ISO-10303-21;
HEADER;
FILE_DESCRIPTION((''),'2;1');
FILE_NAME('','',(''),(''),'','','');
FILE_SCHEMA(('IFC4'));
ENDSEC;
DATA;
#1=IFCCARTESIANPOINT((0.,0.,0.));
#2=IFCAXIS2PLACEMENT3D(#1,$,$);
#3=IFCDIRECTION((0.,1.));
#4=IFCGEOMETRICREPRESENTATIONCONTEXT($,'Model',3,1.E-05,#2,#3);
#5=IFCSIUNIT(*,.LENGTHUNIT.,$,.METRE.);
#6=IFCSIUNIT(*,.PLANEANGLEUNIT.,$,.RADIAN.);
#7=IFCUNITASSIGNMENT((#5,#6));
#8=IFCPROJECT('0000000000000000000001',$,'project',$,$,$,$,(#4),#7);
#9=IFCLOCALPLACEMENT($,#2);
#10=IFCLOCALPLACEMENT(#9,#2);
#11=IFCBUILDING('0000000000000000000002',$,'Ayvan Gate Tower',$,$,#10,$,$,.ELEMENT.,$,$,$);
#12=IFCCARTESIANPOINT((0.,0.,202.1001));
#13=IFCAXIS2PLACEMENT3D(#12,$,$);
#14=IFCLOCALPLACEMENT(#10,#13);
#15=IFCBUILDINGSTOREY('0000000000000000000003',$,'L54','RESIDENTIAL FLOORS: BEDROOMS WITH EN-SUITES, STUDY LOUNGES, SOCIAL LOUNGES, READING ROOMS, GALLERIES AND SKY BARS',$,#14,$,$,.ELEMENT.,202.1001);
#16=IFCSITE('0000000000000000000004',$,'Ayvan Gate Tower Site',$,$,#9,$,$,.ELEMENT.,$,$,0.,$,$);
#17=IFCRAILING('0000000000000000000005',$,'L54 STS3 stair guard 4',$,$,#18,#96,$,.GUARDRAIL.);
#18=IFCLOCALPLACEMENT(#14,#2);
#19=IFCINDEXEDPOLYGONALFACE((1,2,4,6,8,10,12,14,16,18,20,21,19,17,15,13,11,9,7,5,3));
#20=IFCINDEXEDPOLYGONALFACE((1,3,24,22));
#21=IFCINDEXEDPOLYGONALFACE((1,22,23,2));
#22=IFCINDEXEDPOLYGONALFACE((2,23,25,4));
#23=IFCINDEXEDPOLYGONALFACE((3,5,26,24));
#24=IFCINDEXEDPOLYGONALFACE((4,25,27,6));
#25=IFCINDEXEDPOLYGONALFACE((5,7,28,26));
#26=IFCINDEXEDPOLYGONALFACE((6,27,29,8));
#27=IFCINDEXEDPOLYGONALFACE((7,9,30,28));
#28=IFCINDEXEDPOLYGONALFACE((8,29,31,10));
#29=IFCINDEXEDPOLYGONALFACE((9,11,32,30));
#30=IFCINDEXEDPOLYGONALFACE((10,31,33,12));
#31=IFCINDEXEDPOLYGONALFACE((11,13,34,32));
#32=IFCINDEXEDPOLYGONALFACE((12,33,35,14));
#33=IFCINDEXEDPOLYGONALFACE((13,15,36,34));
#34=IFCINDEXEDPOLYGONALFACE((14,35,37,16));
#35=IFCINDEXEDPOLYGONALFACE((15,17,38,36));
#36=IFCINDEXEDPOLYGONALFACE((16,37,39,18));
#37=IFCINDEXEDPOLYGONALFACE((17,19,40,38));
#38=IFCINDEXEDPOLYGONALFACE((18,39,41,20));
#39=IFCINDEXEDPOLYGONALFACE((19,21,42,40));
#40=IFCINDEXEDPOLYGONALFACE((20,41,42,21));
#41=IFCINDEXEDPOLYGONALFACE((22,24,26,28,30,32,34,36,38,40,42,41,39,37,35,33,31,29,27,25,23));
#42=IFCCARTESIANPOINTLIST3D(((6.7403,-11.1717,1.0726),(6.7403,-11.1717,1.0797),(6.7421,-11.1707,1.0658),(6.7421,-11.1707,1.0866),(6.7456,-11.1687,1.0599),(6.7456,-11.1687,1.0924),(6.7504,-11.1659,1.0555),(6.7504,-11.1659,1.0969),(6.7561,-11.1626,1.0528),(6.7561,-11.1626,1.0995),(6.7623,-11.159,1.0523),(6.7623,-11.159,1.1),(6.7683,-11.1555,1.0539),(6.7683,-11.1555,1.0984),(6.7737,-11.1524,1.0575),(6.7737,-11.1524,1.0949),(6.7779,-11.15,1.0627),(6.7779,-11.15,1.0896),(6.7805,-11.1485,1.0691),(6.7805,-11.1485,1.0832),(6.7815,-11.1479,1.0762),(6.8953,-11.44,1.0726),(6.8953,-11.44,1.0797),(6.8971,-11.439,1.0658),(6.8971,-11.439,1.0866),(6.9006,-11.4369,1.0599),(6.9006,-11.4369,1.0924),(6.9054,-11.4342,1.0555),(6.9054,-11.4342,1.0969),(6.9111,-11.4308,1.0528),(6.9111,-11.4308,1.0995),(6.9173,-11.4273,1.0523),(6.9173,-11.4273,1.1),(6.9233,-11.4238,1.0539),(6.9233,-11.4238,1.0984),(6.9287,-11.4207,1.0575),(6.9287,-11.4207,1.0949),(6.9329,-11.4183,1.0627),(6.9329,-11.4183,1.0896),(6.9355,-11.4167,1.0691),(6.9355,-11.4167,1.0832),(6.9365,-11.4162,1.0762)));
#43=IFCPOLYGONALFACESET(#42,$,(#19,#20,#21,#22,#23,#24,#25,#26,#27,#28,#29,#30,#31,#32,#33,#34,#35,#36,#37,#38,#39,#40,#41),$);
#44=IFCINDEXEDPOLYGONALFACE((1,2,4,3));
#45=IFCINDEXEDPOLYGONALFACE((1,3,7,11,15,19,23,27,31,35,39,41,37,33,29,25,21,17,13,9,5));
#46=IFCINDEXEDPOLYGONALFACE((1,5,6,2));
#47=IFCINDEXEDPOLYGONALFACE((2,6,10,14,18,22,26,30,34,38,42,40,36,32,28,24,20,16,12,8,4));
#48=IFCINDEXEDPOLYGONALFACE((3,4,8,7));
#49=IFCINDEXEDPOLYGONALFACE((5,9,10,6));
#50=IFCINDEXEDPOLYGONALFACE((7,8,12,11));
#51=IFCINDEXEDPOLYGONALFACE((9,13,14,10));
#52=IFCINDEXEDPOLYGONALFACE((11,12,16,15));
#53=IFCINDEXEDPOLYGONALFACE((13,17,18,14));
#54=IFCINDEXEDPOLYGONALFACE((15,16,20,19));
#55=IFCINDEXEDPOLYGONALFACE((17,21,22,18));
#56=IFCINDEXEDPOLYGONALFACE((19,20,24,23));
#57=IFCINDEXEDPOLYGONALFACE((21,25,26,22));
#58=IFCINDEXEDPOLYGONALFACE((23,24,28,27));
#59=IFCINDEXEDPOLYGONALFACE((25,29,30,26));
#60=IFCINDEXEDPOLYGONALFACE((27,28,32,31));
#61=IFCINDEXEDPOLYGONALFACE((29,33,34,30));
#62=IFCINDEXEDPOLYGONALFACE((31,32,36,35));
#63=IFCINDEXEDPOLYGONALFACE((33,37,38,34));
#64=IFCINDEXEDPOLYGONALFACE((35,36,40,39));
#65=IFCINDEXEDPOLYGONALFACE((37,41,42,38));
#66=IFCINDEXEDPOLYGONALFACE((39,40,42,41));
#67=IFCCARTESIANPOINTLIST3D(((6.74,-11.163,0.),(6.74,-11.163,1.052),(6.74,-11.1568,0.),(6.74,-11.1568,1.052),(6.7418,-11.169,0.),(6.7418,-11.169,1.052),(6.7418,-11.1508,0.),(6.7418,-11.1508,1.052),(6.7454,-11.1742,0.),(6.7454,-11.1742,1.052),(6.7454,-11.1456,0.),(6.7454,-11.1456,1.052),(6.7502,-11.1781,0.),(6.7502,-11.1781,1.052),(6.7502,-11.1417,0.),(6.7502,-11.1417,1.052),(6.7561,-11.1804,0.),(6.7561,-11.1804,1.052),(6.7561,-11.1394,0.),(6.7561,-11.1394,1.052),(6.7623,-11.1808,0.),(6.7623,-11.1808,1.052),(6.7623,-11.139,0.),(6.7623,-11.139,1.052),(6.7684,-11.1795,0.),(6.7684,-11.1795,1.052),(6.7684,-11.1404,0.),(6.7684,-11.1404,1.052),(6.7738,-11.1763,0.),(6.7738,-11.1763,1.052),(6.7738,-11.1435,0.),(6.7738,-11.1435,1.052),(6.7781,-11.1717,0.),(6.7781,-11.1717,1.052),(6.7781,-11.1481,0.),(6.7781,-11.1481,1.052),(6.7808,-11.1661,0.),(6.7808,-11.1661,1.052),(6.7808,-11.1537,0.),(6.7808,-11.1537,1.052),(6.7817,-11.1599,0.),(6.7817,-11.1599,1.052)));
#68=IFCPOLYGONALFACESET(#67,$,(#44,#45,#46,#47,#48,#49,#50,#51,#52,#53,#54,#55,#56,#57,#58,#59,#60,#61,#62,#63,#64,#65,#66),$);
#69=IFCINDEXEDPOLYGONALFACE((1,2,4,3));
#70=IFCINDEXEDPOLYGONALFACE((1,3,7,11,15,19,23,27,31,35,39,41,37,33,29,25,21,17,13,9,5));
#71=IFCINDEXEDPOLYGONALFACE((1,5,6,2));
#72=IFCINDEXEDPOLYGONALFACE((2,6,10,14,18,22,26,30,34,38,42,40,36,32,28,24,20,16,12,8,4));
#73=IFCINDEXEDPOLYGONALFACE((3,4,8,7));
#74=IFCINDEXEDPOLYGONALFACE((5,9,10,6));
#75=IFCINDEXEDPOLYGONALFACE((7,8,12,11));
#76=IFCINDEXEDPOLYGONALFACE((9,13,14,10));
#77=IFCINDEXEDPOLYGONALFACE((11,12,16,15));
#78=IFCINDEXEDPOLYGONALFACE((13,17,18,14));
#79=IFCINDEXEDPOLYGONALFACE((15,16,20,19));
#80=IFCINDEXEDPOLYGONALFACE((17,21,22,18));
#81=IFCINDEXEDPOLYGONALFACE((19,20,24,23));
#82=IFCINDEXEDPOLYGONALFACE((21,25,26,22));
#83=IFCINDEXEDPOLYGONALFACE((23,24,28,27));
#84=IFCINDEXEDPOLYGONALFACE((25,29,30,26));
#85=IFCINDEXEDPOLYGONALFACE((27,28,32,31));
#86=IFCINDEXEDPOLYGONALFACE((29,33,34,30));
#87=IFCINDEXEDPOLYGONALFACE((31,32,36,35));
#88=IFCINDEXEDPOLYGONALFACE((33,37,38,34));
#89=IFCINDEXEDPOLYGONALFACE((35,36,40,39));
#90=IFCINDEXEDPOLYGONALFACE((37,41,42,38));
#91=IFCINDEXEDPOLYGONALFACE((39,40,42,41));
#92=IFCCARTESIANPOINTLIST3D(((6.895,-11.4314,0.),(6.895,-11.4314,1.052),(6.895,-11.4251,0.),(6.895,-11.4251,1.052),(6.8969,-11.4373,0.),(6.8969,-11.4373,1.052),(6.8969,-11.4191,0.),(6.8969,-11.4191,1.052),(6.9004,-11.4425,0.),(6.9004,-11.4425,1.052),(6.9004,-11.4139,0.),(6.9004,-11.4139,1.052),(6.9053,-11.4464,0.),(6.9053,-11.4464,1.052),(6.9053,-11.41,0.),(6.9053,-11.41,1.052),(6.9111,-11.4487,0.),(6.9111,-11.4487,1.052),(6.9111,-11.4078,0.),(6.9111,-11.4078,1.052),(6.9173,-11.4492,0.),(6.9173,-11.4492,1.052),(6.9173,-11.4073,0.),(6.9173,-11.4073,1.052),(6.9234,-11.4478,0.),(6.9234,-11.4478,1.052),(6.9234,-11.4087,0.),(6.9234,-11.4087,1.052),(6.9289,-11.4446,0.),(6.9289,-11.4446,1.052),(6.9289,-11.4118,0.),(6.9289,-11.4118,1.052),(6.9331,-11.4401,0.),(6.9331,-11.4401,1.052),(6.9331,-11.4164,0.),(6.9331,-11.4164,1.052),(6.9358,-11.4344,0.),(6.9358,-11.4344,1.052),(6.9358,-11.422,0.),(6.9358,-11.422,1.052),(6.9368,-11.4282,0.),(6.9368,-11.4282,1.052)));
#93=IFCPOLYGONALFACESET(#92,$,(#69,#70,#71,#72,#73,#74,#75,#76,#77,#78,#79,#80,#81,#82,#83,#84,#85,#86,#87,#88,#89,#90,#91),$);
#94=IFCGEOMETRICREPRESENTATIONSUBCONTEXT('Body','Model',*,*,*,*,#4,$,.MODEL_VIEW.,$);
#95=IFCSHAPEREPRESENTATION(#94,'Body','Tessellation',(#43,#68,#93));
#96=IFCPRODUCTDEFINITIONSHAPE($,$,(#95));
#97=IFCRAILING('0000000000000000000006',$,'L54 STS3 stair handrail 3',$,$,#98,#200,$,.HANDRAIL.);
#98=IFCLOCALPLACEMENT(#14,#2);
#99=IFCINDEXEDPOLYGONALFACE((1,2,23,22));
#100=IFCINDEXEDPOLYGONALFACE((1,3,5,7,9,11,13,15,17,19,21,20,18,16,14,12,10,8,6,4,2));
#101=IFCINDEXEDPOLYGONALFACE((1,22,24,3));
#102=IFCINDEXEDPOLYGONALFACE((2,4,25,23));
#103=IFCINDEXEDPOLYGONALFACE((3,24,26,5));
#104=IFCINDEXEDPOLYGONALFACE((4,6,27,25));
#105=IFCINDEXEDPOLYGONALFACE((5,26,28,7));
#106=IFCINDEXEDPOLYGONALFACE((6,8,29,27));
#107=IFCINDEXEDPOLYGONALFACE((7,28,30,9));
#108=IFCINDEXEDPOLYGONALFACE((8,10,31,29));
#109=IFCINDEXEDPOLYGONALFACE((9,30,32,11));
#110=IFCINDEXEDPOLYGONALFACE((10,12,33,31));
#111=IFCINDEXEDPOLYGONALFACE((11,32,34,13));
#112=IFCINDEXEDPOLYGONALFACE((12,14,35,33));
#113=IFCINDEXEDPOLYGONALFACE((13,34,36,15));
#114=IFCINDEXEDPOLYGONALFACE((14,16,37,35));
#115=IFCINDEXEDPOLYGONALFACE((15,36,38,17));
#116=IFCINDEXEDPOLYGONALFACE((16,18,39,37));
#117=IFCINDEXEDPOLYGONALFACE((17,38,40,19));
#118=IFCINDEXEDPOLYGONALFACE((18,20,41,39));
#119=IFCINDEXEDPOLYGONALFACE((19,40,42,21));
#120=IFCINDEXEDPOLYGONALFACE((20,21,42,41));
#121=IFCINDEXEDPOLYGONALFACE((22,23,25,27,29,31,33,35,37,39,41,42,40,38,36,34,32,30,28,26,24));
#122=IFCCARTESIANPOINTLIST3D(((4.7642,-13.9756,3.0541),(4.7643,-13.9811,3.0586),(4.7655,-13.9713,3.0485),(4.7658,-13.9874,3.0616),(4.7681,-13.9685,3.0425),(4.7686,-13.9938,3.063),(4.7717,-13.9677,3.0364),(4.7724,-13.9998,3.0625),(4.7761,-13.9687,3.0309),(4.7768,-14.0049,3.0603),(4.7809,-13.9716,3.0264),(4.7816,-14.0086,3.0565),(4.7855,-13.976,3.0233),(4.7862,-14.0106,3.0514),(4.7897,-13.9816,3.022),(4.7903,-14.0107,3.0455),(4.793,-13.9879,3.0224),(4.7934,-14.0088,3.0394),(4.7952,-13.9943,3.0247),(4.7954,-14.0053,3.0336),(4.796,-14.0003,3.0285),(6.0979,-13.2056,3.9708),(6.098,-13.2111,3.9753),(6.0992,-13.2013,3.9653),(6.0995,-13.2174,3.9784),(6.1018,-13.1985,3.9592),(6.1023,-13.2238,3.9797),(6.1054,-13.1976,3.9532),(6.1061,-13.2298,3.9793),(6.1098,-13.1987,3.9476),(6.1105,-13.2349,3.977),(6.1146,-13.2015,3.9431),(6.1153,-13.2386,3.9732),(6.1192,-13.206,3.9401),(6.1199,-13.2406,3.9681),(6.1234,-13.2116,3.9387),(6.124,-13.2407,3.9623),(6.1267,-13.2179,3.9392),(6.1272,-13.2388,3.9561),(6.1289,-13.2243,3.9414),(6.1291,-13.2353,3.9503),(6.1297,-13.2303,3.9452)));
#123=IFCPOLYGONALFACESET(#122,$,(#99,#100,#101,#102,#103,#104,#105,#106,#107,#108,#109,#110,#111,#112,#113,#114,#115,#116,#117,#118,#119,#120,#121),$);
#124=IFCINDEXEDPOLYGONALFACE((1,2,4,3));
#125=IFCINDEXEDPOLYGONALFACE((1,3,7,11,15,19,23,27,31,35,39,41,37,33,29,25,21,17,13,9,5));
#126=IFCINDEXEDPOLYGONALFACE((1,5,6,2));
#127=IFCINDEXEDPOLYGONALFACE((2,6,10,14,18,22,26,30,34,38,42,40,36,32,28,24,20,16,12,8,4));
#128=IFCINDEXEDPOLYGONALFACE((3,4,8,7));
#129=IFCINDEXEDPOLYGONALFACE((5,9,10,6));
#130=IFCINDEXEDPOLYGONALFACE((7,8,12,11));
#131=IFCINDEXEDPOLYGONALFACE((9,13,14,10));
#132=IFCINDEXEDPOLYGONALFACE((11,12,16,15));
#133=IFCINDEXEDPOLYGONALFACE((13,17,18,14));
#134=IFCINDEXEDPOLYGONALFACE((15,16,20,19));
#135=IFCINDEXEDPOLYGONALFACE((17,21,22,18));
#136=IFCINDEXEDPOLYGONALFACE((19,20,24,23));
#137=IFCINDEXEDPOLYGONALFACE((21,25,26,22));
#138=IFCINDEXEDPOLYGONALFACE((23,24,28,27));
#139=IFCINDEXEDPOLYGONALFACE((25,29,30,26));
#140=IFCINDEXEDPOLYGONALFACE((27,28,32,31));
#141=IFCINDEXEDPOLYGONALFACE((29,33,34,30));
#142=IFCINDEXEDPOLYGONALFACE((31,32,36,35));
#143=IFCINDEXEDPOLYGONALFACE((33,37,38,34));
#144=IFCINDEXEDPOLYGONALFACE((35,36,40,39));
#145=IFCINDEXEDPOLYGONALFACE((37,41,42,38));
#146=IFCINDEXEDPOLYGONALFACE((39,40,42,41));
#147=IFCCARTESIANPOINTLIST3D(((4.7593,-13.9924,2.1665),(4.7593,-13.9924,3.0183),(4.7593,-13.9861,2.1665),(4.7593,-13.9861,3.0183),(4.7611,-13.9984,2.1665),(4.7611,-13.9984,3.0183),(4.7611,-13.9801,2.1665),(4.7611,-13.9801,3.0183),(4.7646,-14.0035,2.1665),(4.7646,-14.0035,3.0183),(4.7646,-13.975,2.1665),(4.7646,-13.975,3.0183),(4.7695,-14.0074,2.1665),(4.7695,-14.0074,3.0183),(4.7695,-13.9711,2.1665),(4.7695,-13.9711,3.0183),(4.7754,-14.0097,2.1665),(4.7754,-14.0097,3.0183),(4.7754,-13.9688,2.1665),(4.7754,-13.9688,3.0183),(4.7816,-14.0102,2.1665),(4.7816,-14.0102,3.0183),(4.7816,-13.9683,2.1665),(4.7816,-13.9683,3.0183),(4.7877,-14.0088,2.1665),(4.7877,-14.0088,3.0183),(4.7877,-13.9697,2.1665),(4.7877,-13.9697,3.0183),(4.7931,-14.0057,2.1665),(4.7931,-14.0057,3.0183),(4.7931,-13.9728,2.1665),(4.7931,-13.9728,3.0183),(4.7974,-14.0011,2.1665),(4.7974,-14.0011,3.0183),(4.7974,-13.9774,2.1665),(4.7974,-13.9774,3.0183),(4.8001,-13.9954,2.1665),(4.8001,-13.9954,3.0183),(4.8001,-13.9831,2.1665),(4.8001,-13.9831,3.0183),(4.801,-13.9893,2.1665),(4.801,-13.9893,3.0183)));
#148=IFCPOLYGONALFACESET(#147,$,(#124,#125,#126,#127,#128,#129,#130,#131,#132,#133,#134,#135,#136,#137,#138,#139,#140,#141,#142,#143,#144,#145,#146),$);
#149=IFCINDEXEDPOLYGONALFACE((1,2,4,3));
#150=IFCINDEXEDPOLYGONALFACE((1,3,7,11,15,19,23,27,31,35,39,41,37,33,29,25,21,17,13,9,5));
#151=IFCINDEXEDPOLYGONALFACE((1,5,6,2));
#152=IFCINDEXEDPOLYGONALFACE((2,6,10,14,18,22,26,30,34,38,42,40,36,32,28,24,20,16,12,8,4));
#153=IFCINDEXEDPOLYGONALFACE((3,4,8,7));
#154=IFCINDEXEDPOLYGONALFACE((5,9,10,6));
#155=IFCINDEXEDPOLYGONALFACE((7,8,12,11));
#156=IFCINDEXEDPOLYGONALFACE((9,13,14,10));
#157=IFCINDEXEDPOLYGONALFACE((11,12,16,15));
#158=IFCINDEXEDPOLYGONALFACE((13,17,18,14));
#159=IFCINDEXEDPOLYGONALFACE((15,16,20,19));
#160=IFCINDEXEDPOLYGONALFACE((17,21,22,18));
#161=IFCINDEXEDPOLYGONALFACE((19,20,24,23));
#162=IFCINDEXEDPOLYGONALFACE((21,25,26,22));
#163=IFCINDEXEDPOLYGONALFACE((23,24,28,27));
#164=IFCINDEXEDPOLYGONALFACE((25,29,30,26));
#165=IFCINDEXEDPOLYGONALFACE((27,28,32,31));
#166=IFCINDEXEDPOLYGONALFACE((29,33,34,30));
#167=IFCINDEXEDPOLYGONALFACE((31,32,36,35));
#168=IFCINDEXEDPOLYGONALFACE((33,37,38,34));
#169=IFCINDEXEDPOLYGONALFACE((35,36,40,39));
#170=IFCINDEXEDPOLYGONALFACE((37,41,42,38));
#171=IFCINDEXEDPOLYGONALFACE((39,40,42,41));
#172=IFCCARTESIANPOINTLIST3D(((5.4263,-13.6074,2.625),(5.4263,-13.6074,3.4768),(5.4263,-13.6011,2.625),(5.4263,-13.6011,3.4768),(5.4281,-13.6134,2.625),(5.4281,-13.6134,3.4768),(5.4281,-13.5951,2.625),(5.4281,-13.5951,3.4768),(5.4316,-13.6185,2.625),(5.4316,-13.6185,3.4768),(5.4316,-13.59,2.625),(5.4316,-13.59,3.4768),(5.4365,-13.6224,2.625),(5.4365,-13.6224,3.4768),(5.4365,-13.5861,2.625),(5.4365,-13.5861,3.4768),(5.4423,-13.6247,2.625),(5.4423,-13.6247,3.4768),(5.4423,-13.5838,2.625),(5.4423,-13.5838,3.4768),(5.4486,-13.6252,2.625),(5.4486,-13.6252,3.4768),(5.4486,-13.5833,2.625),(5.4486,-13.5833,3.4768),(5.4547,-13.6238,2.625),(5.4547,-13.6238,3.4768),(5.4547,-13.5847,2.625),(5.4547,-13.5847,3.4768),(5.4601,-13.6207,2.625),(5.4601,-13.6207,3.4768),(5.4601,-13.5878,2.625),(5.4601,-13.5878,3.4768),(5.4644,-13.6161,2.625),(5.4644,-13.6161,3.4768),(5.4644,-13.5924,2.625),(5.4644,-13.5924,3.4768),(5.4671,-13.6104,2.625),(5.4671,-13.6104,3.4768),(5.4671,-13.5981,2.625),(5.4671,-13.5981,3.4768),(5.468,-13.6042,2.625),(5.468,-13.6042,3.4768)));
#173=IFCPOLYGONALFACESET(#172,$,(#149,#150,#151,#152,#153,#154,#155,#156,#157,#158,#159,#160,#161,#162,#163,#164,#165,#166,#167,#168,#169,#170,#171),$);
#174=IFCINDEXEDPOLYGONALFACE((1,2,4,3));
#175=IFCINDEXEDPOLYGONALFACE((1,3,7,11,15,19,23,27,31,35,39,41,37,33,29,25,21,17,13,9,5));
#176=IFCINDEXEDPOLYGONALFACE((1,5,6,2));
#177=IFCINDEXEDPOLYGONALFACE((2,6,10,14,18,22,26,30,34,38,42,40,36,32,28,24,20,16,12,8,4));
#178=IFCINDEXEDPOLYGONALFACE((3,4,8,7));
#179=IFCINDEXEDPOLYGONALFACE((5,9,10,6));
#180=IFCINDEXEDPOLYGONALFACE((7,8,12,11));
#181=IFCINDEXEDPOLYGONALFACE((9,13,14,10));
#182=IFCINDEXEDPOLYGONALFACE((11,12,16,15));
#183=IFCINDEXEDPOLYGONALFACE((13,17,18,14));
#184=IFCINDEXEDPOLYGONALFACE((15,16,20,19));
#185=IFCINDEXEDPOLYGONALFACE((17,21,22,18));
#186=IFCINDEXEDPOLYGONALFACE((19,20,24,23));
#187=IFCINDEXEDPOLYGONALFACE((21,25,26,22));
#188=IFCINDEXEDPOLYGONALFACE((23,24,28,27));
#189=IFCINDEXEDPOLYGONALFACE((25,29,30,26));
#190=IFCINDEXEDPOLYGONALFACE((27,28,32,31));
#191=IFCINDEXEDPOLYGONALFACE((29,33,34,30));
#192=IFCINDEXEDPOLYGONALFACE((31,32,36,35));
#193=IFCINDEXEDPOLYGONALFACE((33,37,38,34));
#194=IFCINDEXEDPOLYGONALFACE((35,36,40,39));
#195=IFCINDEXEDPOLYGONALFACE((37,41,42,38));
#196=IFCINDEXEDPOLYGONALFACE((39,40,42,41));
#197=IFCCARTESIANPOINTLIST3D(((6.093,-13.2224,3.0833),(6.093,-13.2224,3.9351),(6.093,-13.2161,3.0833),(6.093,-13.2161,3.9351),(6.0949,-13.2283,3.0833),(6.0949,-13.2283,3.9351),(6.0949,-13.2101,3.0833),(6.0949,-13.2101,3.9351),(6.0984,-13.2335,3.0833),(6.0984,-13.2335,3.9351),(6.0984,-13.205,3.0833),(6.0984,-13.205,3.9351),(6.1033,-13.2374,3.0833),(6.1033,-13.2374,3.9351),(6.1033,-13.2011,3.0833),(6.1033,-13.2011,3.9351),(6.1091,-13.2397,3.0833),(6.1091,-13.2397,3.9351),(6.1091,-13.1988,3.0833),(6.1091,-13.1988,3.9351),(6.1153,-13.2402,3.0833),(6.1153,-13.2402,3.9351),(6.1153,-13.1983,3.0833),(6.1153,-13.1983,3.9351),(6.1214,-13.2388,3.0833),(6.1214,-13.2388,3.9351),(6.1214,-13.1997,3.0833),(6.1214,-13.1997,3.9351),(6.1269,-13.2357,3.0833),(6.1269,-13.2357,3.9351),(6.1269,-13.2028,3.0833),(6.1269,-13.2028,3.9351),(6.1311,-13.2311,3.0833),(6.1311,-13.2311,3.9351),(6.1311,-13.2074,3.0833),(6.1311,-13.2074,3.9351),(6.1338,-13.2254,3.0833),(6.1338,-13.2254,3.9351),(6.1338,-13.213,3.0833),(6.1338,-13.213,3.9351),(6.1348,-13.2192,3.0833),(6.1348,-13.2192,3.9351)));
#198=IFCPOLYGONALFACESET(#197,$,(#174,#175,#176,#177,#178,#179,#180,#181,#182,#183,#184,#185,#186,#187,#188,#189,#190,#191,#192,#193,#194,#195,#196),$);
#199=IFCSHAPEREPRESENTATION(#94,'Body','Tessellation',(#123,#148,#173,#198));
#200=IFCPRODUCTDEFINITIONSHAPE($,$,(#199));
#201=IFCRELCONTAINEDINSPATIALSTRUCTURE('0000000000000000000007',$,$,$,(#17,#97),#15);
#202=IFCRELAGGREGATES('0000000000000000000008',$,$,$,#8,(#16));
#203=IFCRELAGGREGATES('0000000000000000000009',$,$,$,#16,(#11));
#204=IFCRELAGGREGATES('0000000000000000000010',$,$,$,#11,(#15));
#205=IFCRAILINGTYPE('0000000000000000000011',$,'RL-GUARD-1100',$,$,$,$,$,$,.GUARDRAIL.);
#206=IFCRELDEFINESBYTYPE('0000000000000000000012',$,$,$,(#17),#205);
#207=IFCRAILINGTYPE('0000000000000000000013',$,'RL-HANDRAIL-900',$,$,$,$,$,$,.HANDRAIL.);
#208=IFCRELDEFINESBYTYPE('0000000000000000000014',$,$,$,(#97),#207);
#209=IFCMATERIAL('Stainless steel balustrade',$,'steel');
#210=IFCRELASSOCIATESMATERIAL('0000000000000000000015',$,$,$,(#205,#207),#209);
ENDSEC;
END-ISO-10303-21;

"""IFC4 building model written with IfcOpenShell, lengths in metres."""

from ifc_helpers import new_model, si_unit, direction, frame, origin, origin_2d, place, context, subcontext, project, spatial, circle, extrude, material, type_object, element, save


model = new_model("IFC4")

# Units and contexts
model_context = context("Model", 3, precision=1e-05, world=origin(), true_north=direction((0.0, 1.0)))
body_context = subcontext(model_context, "Body", "Model", "MODEL_VIEW")
ifc_project = project(units=[si_unit("LENGTHUNIT", "METRE"), si_unit("PLANEANGLEUNIT", "RADIAN")], contexts=[model_context])

# Site, building, storey
site_placement = place(None, origin())
site = spatial("IfcSite", under=ifc_project, at=site_placement, Name="Ayvan Gate Tower Site", CompositionType="ELEMENT", RefElevation=0.0)
building_placement = place(site_placement, origin())
building = spatial("IfcBuilding", under=site, at=building_placement, Name="Ayvan Gate Tower", CompositionType="ELEMENT")
storey_placement = place(building_placement, frame((0.0, 0.0, 202.1001)))
storey = spatial("IfcBuildingStorey", under=building, at=storey_placement, Name="L54", Description="RESIDENTIAL FLOORS: BEDROOMS WITH EN-SUITES, STUDY LOUNGES, SOCIAL LOUNGES, READING ROOMS, GALLERIES AND SKY BARS", CompositionType="ELEMENT", Elevation=202.1001)

# Railings
ifc_material_1 = material(Name="Stainless steel balustrade", Category="steel")
railing_type_1 = type_object("IfcRailingType", Name="RL-GUARD-1100", PredefinedType="GUARDRAIL", material=ifc_material_1)
railing_1_placement = place(storey_placement, frame((6.7607, -11.1599, 0.0)))
element("IfcRailing", 1, at=railing_1_placement, inside=storey, type_object=railing_type_1, Name="L54 STS3 stair guard 4", PredefinedType="GUARDRAIL", context=body_context, shape_type="SweptSolid", body=[
    extrude(circle(Radius=0.0239, at=origin_2d()), frame((0.0, 0.0, 1.0762), z_axis=(0.500291, -0.865857, 0.0), x_axis=(0.865857, 0.500291, 0.0)), (0.0, 0.0, 1.0), 0.3098),
    extrude(circle(Radius=0.021, at=origin_2d()), origin(), (0.0, 0.0, 1.0), 1.052),
    extrude(circle(Radius=0.021, at=origin_2d()), frame((0.155, -0.2683, 0.0)), (0.0, 0.0, 1.0), 1.052),
])
railing_type_2 = type_object("IfcRailingType", Name="RL-HANDRAIL-900", PredefinedType="HANDRAIL", material=ifc_material_1)
railing_2_placement = place(storey_placement, frame((4.78, -13.9893, 2.1665)))
element("IfcRailing", 2, at=railing_2_placement, inside=storey, type_object=railing_type_2, Name="L54 STS3 stair handrail 3", PredefinedType="HANDRAIL", context=body_context, shape_type="SweptSolid", body=[
    extrude(circle(Radius=0.0239, at=origin_2d()), frame((0.0, 0.0, 0.876), z_axis=(0.744164, 0.429634, 0.511502), x_axis=(-0.499992, 0.86603, 0.0)), (0.0, 0.0, 1.0), 1.7922),
    extrude(circle(Radius=0.021, at=origin_2d()), origin(), (0.0, 0.0, 1.0), 0.8518),
    extrude(circle(Radius=0.021, at=origin_2d()), frame((0.667, 0.385, 0.4585)), (0.0, 0.0, 1.0), 0.8518),
    extrude(circle(Radius=0.021, at=origin_2d()), frame((1.3337, 0.77, 0.9167)), (0.0, 0.0, 1.0), 0.8518),
])

save(model, "model.ifc")
